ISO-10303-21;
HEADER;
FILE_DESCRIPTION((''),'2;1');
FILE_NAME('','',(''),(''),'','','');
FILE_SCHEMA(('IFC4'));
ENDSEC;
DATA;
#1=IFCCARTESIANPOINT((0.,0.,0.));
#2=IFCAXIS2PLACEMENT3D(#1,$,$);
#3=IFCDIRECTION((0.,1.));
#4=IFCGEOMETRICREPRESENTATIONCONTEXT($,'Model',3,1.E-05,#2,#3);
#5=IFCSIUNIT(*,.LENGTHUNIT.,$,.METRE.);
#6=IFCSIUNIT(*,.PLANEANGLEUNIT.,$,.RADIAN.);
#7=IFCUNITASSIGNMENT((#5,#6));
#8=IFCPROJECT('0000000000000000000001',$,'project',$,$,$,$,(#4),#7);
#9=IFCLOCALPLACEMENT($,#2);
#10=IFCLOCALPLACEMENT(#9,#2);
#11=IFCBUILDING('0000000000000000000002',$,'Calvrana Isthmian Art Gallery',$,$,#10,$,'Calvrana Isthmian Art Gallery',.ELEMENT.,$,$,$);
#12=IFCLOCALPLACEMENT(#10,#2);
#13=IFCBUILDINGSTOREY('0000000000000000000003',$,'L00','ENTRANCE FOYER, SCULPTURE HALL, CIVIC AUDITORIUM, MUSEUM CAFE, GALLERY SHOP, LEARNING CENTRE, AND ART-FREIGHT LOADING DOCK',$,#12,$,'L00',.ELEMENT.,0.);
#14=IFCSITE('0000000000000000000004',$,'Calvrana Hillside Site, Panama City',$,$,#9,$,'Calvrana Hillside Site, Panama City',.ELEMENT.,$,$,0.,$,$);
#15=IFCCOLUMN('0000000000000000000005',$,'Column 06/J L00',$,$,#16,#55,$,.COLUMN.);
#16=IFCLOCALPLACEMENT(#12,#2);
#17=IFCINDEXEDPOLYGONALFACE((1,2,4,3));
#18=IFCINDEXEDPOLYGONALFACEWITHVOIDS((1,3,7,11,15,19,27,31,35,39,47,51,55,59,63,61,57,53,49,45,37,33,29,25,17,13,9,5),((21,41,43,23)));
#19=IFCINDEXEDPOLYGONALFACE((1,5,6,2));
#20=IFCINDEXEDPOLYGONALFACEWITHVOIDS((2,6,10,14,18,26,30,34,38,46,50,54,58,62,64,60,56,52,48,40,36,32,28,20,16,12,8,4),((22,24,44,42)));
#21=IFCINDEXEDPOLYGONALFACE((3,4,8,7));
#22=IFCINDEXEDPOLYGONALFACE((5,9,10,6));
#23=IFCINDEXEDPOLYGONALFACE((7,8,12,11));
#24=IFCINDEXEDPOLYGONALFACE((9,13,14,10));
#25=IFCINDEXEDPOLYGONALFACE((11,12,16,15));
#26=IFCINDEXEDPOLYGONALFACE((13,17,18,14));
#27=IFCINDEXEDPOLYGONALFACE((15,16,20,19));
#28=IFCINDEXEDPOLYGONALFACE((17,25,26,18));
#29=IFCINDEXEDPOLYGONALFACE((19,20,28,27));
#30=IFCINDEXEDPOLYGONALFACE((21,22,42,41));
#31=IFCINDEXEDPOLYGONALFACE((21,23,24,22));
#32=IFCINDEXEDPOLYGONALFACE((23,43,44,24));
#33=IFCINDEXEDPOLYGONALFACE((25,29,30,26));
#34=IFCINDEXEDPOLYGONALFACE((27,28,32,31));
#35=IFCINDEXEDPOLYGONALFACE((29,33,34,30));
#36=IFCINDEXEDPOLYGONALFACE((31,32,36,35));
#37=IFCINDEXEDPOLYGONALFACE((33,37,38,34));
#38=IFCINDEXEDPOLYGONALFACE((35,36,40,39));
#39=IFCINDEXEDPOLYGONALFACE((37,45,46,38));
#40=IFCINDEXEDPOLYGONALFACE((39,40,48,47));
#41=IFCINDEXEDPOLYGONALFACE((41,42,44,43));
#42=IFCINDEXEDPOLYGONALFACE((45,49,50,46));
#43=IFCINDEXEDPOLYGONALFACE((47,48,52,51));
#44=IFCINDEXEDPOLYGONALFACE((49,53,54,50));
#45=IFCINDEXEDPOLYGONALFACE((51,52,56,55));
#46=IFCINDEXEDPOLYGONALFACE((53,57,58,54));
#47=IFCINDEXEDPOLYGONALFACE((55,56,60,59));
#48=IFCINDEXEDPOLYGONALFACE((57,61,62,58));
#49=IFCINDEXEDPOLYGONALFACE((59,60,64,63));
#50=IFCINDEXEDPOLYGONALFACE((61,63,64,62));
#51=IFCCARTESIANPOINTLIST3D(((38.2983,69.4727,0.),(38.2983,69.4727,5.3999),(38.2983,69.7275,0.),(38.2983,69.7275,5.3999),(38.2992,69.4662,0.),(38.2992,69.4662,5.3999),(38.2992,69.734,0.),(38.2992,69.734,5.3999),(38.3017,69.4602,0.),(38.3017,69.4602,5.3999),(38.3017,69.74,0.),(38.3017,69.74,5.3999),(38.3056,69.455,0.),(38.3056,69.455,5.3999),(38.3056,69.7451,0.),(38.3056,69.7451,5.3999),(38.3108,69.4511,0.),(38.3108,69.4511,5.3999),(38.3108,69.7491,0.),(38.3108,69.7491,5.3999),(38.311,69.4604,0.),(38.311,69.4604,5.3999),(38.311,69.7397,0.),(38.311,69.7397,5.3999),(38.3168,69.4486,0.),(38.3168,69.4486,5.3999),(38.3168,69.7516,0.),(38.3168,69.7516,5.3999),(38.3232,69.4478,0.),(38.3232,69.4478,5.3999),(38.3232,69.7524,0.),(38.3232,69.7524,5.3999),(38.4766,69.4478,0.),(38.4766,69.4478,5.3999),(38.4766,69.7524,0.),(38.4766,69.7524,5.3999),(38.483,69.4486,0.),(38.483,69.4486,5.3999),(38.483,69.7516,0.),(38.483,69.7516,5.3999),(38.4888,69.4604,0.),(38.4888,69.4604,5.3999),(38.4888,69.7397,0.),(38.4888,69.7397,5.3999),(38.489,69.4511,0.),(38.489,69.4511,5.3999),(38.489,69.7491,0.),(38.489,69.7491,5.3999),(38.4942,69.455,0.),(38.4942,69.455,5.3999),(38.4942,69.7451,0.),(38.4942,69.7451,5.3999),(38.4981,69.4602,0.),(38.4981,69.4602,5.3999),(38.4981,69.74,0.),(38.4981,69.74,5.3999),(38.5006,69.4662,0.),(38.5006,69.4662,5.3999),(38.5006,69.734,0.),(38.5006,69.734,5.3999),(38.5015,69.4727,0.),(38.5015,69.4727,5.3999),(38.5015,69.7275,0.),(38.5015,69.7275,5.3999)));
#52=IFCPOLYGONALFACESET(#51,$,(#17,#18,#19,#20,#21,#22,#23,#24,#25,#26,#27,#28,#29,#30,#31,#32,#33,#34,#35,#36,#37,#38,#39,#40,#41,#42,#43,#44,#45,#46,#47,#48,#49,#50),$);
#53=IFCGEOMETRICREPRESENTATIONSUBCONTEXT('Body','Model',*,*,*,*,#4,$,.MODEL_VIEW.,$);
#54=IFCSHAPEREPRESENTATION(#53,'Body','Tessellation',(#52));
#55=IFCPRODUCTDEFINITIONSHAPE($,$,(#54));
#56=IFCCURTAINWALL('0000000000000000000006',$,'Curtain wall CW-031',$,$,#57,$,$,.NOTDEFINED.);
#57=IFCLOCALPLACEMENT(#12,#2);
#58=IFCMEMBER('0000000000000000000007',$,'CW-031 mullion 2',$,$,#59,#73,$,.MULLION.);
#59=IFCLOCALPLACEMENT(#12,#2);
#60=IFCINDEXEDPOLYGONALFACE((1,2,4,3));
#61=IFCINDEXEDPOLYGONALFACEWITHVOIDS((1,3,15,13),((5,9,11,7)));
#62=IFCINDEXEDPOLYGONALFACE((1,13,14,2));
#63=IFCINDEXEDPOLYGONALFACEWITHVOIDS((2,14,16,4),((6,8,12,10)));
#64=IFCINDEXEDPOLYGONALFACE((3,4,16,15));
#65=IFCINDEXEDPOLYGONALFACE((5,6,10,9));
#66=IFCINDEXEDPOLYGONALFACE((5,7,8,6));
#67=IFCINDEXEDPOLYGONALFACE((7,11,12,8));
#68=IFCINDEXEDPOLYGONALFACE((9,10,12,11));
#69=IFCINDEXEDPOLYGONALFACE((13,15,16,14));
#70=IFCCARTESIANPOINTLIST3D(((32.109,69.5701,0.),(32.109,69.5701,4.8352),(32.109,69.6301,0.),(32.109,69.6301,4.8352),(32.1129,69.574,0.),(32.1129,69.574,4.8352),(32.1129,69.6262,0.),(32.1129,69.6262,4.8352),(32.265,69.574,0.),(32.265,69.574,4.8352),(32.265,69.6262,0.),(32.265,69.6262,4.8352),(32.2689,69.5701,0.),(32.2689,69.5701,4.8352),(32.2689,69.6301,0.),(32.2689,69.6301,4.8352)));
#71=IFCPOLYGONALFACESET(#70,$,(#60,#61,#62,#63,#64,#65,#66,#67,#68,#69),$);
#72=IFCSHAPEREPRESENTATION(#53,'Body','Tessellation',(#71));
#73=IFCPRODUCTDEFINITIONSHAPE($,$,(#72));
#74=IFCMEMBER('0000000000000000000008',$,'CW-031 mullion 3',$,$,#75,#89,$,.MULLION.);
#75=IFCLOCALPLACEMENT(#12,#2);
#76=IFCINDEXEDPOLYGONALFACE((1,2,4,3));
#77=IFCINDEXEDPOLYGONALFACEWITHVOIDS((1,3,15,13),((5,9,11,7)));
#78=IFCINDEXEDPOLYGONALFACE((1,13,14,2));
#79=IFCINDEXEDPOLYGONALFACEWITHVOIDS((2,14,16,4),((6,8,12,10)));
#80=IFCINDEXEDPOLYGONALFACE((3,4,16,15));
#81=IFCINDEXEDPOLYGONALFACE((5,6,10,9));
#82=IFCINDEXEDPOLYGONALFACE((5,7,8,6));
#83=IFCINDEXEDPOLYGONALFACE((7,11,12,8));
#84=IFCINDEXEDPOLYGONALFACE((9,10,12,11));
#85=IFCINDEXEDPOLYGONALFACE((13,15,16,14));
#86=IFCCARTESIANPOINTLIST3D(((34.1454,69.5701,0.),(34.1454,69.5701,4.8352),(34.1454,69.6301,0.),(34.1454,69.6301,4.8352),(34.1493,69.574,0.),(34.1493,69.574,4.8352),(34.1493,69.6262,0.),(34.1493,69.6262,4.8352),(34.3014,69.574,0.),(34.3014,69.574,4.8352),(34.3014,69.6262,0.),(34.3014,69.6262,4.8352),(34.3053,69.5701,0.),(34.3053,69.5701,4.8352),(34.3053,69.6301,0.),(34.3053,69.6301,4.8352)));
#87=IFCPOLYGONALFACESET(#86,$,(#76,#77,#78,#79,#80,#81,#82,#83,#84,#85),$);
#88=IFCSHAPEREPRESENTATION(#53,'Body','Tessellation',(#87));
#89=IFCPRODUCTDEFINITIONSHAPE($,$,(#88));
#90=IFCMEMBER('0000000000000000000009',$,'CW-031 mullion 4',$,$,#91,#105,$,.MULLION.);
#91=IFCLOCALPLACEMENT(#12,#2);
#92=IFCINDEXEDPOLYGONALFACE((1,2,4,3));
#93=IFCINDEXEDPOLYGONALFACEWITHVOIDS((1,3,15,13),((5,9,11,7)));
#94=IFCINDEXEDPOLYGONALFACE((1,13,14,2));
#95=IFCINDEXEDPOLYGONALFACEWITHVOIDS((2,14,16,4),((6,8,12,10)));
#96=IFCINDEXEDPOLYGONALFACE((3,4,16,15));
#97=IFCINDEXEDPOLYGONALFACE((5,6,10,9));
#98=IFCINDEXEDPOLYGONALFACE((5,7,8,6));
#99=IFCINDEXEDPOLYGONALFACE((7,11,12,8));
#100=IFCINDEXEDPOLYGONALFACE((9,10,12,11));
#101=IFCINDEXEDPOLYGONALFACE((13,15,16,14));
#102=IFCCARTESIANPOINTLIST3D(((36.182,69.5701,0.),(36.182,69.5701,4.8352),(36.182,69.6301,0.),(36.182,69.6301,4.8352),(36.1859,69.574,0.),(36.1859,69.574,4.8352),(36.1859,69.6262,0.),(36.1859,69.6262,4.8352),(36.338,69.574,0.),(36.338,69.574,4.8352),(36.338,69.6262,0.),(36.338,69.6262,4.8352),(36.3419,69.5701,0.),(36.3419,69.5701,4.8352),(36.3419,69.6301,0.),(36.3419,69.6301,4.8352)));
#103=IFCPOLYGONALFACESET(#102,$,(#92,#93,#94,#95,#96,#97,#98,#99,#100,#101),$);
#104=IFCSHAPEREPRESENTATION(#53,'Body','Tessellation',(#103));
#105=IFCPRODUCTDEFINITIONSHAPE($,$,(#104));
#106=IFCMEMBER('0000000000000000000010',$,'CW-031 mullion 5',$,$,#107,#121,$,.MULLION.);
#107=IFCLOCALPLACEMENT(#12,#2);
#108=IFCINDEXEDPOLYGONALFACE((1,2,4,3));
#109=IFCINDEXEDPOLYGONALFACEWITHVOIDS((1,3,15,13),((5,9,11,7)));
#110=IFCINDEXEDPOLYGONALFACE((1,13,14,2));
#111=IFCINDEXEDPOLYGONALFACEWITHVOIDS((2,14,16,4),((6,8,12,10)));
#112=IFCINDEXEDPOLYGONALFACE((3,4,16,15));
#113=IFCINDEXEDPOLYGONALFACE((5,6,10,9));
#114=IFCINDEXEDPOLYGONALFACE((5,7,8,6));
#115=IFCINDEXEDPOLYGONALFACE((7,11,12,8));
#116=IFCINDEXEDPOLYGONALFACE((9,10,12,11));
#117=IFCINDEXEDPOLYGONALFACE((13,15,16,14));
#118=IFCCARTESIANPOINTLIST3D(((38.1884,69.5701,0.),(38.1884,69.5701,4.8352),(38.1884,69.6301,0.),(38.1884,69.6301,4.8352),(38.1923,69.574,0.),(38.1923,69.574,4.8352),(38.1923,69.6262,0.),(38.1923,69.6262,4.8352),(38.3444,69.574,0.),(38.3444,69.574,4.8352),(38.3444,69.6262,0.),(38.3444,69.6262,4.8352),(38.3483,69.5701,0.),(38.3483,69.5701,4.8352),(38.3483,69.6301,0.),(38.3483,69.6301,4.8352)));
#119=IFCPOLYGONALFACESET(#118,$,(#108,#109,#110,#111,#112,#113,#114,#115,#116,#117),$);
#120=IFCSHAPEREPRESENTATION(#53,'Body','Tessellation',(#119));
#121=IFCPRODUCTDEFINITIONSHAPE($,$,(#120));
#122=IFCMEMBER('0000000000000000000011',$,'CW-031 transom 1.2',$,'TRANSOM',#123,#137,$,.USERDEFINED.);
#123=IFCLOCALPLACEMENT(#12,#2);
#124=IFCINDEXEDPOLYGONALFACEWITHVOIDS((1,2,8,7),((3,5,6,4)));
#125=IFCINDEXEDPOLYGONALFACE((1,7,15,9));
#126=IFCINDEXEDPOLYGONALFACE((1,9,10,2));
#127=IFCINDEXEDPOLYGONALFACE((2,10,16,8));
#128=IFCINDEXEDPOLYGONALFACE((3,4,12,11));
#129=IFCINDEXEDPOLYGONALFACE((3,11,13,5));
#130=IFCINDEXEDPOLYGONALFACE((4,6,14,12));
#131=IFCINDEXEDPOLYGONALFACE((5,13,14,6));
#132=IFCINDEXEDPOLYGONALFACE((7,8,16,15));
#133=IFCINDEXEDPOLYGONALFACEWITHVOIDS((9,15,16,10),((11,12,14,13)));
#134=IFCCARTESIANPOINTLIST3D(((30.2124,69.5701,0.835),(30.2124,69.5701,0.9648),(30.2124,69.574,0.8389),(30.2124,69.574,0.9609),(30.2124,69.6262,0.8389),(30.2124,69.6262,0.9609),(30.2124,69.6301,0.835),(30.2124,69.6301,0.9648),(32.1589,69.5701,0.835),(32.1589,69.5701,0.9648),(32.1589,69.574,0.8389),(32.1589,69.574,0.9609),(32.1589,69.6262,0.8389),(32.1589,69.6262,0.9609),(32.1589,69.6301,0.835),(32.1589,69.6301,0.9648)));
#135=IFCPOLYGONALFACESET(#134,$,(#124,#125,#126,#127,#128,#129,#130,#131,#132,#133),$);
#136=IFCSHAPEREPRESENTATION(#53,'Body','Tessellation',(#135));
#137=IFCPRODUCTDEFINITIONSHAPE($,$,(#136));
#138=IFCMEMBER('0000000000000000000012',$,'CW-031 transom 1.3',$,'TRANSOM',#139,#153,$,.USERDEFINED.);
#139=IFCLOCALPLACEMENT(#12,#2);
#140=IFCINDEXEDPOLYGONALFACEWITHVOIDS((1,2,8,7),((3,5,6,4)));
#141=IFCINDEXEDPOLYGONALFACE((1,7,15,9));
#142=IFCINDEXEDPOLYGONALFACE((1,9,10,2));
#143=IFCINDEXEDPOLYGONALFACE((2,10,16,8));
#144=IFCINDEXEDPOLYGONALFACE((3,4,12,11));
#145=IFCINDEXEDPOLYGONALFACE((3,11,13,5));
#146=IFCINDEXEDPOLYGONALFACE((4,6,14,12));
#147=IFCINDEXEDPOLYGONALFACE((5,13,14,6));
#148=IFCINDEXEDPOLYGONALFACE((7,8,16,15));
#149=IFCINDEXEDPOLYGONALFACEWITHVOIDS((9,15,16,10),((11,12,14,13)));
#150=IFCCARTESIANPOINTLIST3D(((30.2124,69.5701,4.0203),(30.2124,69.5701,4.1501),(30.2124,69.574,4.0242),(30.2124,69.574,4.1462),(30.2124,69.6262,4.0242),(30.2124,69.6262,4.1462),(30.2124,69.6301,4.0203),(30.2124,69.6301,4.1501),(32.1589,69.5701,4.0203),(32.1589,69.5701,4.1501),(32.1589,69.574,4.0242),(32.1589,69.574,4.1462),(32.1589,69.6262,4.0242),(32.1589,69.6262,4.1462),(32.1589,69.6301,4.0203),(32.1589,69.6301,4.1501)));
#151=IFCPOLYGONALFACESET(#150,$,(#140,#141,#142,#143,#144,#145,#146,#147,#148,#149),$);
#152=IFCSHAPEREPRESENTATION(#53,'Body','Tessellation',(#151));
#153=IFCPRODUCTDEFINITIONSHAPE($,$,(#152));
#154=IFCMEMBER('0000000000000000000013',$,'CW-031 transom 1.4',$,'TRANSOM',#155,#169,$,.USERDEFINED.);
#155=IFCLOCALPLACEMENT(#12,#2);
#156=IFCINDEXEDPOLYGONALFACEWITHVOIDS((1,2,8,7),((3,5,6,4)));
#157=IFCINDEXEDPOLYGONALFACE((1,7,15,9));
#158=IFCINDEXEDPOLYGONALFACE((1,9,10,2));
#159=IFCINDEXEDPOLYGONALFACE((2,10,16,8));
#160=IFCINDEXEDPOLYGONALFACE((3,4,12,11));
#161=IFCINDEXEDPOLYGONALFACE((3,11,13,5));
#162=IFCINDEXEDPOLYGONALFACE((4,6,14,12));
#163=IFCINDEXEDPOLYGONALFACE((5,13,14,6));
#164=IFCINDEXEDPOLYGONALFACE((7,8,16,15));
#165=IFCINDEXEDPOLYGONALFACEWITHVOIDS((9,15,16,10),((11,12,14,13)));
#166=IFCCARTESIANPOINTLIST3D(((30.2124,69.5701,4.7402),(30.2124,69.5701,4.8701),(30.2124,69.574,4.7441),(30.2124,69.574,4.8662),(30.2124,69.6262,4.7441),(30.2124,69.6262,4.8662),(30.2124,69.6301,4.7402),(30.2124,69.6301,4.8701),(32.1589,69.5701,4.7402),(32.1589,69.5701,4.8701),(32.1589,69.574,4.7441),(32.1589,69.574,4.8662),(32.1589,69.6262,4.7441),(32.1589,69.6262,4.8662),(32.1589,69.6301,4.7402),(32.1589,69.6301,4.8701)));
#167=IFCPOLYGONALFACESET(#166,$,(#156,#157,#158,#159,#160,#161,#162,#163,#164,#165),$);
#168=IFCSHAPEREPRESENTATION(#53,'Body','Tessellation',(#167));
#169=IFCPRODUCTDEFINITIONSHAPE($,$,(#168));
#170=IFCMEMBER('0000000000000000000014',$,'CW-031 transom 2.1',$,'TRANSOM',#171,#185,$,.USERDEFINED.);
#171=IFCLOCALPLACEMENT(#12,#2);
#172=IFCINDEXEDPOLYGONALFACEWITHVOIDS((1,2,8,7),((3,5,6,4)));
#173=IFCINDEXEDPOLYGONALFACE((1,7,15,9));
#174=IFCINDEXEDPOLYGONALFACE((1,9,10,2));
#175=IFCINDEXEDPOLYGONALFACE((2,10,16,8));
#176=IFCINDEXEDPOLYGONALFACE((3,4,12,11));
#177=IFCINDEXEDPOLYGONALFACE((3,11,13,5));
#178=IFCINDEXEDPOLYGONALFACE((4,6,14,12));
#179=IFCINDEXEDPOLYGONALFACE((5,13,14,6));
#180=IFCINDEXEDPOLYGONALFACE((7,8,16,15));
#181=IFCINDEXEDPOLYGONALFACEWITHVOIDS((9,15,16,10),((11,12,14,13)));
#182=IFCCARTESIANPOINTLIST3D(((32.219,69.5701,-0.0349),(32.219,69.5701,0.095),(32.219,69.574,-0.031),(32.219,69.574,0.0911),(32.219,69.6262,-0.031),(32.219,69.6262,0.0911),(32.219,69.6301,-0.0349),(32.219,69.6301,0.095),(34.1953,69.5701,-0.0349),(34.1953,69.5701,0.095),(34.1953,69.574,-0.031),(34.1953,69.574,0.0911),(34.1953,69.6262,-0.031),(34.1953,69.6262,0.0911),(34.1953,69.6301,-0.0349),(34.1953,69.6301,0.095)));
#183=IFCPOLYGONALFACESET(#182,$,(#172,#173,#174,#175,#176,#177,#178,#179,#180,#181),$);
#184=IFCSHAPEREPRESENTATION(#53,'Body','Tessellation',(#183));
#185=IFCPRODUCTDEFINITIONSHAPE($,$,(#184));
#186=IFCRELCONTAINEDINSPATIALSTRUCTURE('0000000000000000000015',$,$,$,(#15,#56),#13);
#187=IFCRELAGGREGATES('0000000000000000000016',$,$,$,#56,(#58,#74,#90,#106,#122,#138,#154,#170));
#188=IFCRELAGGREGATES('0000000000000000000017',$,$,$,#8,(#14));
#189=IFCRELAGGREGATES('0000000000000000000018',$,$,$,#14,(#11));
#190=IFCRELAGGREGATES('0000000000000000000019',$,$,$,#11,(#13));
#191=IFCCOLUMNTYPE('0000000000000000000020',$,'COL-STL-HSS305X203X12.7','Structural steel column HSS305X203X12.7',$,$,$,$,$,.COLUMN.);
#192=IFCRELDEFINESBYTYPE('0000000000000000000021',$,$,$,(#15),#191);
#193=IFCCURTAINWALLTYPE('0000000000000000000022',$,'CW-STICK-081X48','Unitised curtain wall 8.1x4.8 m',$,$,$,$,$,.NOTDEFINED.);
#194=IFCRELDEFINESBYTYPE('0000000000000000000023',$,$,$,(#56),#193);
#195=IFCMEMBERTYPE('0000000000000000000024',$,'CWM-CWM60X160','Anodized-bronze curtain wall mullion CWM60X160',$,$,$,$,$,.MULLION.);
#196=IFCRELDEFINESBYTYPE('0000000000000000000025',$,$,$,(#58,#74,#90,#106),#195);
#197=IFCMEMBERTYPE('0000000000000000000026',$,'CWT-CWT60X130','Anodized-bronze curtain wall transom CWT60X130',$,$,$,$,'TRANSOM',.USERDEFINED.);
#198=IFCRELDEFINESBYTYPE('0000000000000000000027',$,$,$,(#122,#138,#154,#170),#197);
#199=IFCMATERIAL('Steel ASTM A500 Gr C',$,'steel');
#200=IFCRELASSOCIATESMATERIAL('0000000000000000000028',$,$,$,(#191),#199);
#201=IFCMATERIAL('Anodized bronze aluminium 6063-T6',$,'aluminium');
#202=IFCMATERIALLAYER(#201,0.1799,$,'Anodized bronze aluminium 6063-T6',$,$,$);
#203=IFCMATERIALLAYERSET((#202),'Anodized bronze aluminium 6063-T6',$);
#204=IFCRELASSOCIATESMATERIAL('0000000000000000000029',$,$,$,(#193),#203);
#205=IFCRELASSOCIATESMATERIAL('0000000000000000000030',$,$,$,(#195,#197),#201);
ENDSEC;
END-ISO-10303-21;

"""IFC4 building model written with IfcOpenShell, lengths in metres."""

from ifc_helpers import new_model, si_unit, direction, frame, origin, origin_2d, place, context, subcontext, project, spatial, hollow_rectangle, extrude, material, layer, layer_set, material_profile, profile_set, type_object, element, aggregate, save


model = new_model("IFC4")

# Units and contexts
model_context = context("Model", 3, precision=1e-05, world=origin(), true_north=direction((0.0, 1.0)))
body_context = subcontext(model_context, "Body", "Model", "MODEL_VIEW")
ifc_project = project(units=[si_unit("LENGTHUNIT", "METRE"), si_unit("PLANEANGLEUNIT", "RADIAN")], contexts=[model_context])

# Site, building, storey
site_placement = place(None, origin())
site = spatial("IfcSite", under=ifc_project, at=site_placement, Name="Calvrana Hillside Site, Panama City", LongName="Calvrana Hillside Site, Panama City", CompositionType="ELEMENT", RefElevation=0.0)
building_placement = place(site_placement, origin())
building = spatial("IfcBuilding", under=site, at=building_placement, Name="Calvrana Isthmian Art Gallery", LongName="Calvrana Isthmian Art Gallery", CompositionType="ELEMENT")
storey_placement = place(building_placement, origin())
storey = spatial("IfcBuildingStorey", under=building, at=storey_placement, Name="L00", Description="ENTRANCE FOYER, SCULPTURE HALL, CIVIC AUDITORIUM, MUSEUM CAFE, GALLERY SHOP, LEARNING CENTRE, AND ART-FREIGHT LOADING DOCK", LongName="L00", CompositionType="ELEMENT", Elevation=0.0)

# Column
ifc_material_1 = material(Name="Steel ASTM A500 Gr C", Category="steel")
ifc_material_profile_1 = material_profile(ifc_material_1, hollow_rectangle(XDim=0.2031, YDim=0.3047, WallThickness=0.0127, OuterFilletRadius=0.0249, at=origin_2d()), Name="HSS305X203X12.7")
ifc_profile_set_1 = profile_set([ifc_material_profile_1], Name="Steel ASTM A500 Gr C")
column_type = type_object("IfcColumnType", Name="COL-STL-HSS305X203X12.7", Description="Structural steel column HSS305X203X12.7", PredefinedType="COLUMN", material=ifc_profile_set_1)
column_placement = place(storey_placement, frame((38.3999, 69.6001, 0.0), z_axis=(0.0, 0.0, 1.0), x_axis=(1.0, 0.0, 0.0)))
element("IfcColumn", 1, at=column_placement, inside=storey, type_object=column_type, Name="Column 06/J L00", PredefinedType="COLUMN", context=body_context, shape_type="SweptSolid", body=[
    extrude(hollow_rectangle(XDim=0.2031, YDim=0.3047, WallThickness=0.0127, OuterFilletRadius=0.0249, at=origin_2d()), origin(), (0.0, 0.0, 1.0), 5.3999),
])

# Curtain wall, members
ifc_material_2 = material(Name="Anodized bronze aluminium 6063-T6", Category="aluminium")
ifc_layer_1 = layer(ifc_material_2, 0.1799, Name="Anodized bronze aluminium 6063-T6")
ifc_layer_set_1 = layer_set([ifc_layer_1], Name="Anodized bronze aluminium 6063-T6")
curtain_wall_type = type_object("IfcCurtainWallType", Name="CW-STICK-081X48", Description="Unitised curtain wall 8.1x4.8 m", PredefinedType="NOTDEFINED", material=ifc_layer_set_1)
curtain_wall_placement = place(storey_placement, origin())
curtain_wall = element("IfcCurtainWall", 2, at=curtain_wall_placement, inside=storey, type_object=curtain_wall_type, Name="Curtain wall CW-031", PredefinedType="NOTDEFINED")
ifc_material_profile_2 = material_profile(ifc_material_2, hollow_rectangle(XDim=0.0601, YDim=0.1599, WallThickness=0.0039, at=origin_2d()), Name="CWM60X160")
ifc_profile_set_2 = profile_set([ifc_material_profile_2], Name="Anodized bronze aluminium 6063-T6")
member_type_1 = type_object("IfcMemberType", Name="CWM-CWM60X160", Description="Anodized-bronze curtain wall mullion CWM60X160", PredefinedType="MULLION", material=ifc_profile_set_2)
member_1_placement = place(storey_placement, frame((32.189, 69.6001, 0.0), z_axis=(0.0, 0.0, 1.0), x_axis=(0.0, 1.0, 0.0)))
member_1 = element("IfcMember", 3, at=member_1_placement, type_object=member_type_1, Name="CW-031 mullion 2", PredefinedType="MULLION", context=body_context, shape_type="SweptSolid", body=[
    extrude(hollow_rectangle(XDim=0.0601, YDim=0.1599, WallThickness=0.0039, at=origin_2d()), origin(), (0.0, 0.0, 1.0), 4.8352),
])
member_2_placement = place(storey_placement, frame((34.2253, 69.6001, 0.0), z_axis=(0.0, 0.0, 1.0), x_axis=(0.0, 1.0, 0.0)))
member_2 = element("IfcMember", 4, at=member_2_placement, type_object=member_type_1, Name="CW-031 mullion 3", PredefinedType="MULLION", context=body_context, shape_type="SweptSolid", body=[
    extrude(hollow_rectangle(XDim=0.0601, YDim=0.1599, WallThickness=0.0039, at=origin_2d()), origin(), (0.0, 0.0, 1.0), 4.8352),
])
member_3_placement = place(storey_placement, frame((36.262, 69.6001, 0.0), z_axis=(0.0, 0.0, 1.0), x_axis=(0.0, 1.0, 0.0)))
member_3 = element("IfcMember", 5, at=member_3_placement, type_object=member_type_1, Name="CW-031 mullion 4", PredefinedType="MULLION", context=body_context, shape_type="SweptSolid", body=[
    extrude(hollow_rectangle(XDim=0.0601, YDim=0.1599, WallThickness=0.0039, at=origin_2d()), origin(), (0.0, 0.0, 1.0), 4.8352),
])
member_4_placement = place(storey_placement, frame((38.2683, 69.6001, 0.0), z_axis=(0.0, 0.0, 1.0), x_axis=(0.0, 1.0, 0.0)))
member_4 = element("IfcMember", 6, at=member_4_placement, type_object=member_type_1, Name="CW-031 mullion 5", PredefinedType="MULLION", context=body_context, shape_type="SweptSolid", body=[
    extrude(hollow_rectangle(XDim=0.0601, YDim=0.1599, WallThickness=0.0039, at=origin_2d()), origin(), (0.0, 0.0, 1.0), 4.8352),
])
ifc_material_profile_3 = material_profile(ifc_material_2, hollow_rectangle(XDim=0.0601, YDim=0.1299, WallThickness=0.0039, at=origin_2d()), Name="CWT60X130")
ifc_profile_set_3 = profile_set([ifc_material_profile_3], Name="Anodized bronze aluminium 6063-T6")
member_type_2 = type_object("IfcMemberType", Name="CWT-CWT60X130", Description="Anodized-bronze curtain wall transom CWT60X130", ElementType="TRANSOM", PredefinedType="USERDEFINED", material=ifc_profile_set_3)
member_5_placement = place(storey_placement, frame((30.2124, 69.6001, 0.8999), z_axis=(1.0, 0.0, 0.0), x_axis=(0.0, 1.0, 0.0)))
member_5 = element("IfcMember", 7, at=member_5_placement, type_object=member_type_2, Name="CW-031 transom 1.2", ObjectType="TRANSOM", PredefinedType="USERDEFINED", context=body_context, shape_type="SweptSolid", body=[
    extrude(hollow_rectangle(XDim=0.0601, YDim=0.1299, WallThickness=0.0039, at=origin_2d()), origin(), (0.0, 0.0, 1.0), 1.9465),
])
member_6_placement = place(storey_placement, frame((30.2124, 69.6001, 4.0852), z_axis=(1.0, 0.0, 0.0), x_axis=(0.0, 1.0, 0.0)))
member_6 = element("IfcMember", 8, at=member_6_placement, type_object=member_type_2, Name="CW-031 transom 1.3", ObjectType="TRANSOM", PredefinedType="USERDEFINED", context=body_context, shape_type="SweptSolid", body=[
    extrude(hollow_rectangle(XDim=0.0601, YDim=0.1299, WallThickness=0.0039, at=origin_2d()), origin(), (0.0, 0.0, 1.0), 1.9465),
])
member_7_placement = place(storey_placement, frame((30.2124, 69.6001, 4.8052), z_axis=(1.0, 0.0, 0.0), x_axis=(0.0, 1.0, 0.0)))
member_7 = element("IfcMember", 9, at=member_7_placement, type_object=member_type_2, Name="CW-031 transom 1.4", ObjectType="TRANSOM", PredefinedType="USERDEFINED", context=body_context, shape_type="SweptSolid", body=[
    extrude(hollow_rectangle(XDim=0.0601, YDim=0.1299, WallThickness=0.0039, at=origin_2d()), origin(), (0.0, 0.0, 1.0), 1.9465),
])
member_8_placement = place(storey_placement, frame((32.219, 69.6001, 0.03), z_axis=(1.0, 0.0, 0.0), x_axis=(0.0, 1.0, 0.0)))
member_8 = element("IfcMember", 10, at=member_8_placement, type_object=member_type_2, Name="CW-031 transom 2.1", ObjectType="TRANSOM", PredefinedType="USERDEFINED", context=body_context, shape_type="SweptSolid", body=[
    extrude(hollow_rectangle(XDim=0.0601, YDim=0.1299, WallThickness=0.0039, at=origin_2d()), origin(), (0.0, 0.0, 1.0), 1.9763),
])
aggregate(curtain_wall, [member_1, member_2, member_3, member_4, member_5, member_6, member_7, member_8])

save(model, "model.ifc")
